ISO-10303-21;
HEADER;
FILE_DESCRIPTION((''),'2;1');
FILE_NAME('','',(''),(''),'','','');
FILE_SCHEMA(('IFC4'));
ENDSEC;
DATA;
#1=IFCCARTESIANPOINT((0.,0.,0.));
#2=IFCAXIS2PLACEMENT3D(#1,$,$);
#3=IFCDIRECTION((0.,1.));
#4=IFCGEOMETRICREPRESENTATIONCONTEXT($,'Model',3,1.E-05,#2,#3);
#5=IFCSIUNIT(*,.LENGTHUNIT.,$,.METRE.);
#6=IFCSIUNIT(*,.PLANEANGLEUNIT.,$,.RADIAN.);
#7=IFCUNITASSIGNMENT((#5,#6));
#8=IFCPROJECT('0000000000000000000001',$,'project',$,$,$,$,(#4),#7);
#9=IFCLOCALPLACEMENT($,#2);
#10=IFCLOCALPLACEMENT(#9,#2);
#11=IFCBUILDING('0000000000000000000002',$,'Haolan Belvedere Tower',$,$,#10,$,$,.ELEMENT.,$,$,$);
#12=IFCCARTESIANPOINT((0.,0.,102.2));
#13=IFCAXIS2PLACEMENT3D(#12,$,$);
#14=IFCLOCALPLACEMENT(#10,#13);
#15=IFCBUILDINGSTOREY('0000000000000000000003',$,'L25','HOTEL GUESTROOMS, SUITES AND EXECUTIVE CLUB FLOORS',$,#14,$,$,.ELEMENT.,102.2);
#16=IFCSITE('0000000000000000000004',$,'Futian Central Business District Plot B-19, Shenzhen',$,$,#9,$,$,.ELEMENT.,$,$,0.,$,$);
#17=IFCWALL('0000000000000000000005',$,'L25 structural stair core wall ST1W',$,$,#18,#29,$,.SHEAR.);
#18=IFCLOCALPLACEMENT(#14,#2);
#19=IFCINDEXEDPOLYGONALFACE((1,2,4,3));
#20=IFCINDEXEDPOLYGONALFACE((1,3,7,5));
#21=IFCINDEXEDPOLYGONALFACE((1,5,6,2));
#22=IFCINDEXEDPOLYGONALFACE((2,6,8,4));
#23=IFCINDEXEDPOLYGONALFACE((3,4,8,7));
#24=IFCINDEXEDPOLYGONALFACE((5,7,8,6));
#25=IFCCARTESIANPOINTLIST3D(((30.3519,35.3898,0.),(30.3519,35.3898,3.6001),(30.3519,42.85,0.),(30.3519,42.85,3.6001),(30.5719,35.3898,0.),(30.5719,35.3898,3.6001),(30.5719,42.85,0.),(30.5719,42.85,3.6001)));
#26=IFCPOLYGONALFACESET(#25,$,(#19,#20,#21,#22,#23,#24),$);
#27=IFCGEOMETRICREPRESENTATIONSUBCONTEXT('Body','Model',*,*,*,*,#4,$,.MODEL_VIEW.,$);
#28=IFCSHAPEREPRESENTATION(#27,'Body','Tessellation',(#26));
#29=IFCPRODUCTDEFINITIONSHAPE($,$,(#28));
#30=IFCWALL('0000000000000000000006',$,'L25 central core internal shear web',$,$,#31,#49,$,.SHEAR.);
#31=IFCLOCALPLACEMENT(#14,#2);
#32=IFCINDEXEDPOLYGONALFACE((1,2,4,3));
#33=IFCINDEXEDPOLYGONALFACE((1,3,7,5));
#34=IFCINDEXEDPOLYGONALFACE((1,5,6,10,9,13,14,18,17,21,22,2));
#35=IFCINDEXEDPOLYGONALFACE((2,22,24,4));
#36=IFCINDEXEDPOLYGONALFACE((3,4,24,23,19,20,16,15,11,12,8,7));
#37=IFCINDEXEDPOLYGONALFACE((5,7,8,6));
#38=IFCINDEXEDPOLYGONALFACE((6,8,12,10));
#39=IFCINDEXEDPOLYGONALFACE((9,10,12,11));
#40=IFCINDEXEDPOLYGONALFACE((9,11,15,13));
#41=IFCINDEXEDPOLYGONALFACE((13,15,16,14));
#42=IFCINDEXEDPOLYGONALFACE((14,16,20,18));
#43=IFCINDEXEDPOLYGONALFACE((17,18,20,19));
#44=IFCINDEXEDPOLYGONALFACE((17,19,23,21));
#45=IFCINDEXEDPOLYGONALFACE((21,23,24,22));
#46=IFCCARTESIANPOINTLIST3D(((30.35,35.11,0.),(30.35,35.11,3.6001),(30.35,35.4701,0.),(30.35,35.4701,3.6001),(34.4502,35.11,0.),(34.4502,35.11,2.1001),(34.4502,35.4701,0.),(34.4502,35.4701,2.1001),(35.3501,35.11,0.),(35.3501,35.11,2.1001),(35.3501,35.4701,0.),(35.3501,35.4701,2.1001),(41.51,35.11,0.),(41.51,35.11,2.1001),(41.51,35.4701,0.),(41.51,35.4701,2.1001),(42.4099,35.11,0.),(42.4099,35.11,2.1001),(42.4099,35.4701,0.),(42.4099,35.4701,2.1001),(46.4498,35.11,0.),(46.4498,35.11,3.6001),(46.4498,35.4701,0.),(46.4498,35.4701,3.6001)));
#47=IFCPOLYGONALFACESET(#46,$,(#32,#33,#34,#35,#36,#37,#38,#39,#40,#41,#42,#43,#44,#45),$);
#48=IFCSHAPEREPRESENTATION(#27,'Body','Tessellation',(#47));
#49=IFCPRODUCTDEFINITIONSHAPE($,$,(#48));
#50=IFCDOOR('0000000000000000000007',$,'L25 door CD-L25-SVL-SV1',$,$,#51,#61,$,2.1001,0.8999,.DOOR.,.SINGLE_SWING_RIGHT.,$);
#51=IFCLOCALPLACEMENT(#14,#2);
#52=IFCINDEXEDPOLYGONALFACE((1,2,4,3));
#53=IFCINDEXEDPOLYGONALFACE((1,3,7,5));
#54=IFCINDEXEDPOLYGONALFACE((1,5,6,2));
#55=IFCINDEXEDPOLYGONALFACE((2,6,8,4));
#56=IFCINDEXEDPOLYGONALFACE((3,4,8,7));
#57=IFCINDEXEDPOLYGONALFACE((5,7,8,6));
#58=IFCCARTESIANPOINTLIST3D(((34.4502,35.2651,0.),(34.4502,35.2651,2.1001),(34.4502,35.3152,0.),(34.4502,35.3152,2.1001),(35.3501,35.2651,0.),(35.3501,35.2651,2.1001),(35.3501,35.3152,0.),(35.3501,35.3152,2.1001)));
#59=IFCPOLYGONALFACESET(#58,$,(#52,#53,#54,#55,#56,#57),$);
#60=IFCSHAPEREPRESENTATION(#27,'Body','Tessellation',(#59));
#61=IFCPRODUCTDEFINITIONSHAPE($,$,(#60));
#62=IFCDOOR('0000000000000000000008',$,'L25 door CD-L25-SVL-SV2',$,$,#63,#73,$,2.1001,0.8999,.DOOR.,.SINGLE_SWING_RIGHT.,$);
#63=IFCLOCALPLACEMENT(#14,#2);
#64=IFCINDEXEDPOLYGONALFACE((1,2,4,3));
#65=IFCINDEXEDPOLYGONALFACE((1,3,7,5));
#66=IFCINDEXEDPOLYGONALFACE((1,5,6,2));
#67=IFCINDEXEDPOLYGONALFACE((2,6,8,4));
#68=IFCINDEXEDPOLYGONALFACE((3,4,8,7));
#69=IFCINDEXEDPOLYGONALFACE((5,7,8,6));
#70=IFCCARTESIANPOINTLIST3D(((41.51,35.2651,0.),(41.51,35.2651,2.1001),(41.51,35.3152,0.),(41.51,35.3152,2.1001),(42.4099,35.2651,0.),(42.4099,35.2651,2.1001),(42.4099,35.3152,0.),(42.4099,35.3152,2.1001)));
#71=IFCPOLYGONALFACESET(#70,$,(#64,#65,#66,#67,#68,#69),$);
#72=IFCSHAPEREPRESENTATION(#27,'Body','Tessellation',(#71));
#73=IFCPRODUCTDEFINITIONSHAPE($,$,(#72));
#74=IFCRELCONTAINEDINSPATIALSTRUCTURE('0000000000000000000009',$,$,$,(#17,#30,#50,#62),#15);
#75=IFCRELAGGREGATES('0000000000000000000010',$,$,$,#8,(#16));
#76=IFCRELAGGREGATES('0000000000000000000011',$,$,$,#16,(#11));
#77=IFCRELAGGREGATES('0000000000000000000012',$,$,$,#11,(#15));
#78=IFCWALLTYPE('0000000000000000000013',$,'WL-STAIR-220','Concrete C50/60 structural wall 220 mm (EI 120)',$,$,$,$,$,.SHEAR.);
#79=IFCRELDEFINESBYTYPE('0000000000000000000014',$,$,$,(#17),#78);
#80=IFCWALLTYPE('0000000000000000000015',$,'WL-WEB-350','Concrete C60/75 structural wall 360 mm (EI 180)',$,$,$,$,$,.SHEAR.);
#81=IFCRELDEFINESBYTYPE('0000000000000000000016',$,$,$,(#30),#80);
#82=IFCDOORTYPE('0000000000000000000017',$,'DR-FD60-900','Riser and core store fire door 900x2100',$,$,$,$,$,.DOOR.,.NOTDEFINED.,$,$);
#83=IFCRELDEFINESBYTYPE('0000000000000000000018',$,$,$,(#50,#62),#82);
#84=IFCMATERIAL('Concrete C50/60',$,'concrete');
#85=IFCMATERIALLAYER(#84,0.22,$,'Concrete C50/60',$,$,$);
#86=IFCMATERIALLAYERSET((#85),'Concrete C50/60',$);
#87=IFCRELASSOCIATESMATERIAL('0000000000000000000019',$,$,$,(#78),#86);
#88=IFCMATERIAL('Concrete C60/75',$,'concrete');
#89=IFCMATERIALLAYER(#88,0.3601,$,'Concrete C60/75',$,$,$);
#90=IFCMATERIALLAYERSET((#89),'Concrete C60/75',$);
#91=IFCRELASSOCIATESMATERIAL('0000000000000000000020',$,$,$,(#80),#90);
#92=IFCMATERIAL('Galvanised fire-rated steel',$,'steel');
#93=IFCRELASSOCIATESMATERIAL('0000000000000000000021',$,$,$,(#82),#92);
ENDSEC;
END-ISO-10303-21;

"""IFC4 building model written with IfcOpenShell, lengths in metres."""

from ifc_helpers import new_model, si_unit, direction, frame, frame_2d, origin, place, context, subcontext, project, spatial, rectangle, extrude, material, layer, layer_set, type_object, element, fill, save


model = new_model("IFC4")

# Units and contexts
model_context = context("Model", 3, precision=1e-05, world=origin(), true_north=direction((0.0, 1.0)))
body_context = subcontext(model_context, "Body", "Model", "MODEL_VIEW")
ifc_project = project(units=[si_unit("LENGTHUNIT", "METRE"), si_unit("PLANEANGLEUNIT", "RADIAN")], contexts=[model_context])

# Site, building, storey
site_placement = place(None, origin())
site = spatial("IfcSite", under=ifc_project, at=site_placement, Name="Futian Central Business District Plot B-19, Shenzhen", CompositionType="ELEMENT", RefElevation=0.0)
building_placement = place(site_placement, origin())
building = spatial("IfcBuilding", under=site, at=building_placement, Name="Haolan Belvedere Tower", CompositionType="ELEMENT")
storey_placement = place(building_placement, frame((0.0, 0.0, 102.2)))
storey = spatial("IfcBuildingStorey", under=building, at=storey_placement, Name="L25", Description="HOTEL GUESTROOMS, SUITES AND EXECUTIVE CLUB FLOORS", CompositionType="ELEMENT", Elevation=102.2)

# Shared definitions
ifc_material_1 = material(Name="Concrete C60/75", Category="concrete")

# Wall
ifc_material_2 = material(Name="Concrete C50/60", Category="concrete")
ifc_layer_1 = layer(ifc_material_2, 0.22, Name="Concrete C50/60")
ifc_layer_set_1 = layer_set([ifc_layer_1], Name="Concrete C50/60")
wall_type_1 = type_object("IfcWallType", Name="WL-STAIR-220", Description="Concrete C50/60 structural wall 220 mm (EI 120)", PredefinedType="SHEAR", material=ifc_layer_set_1)
wall_1_placement = place(storey_placement, frame((30.4619, 35.3899, 0.0), z_axis=(0.0, 0.0, 1.0), x_axis=(0.0, 1.0, 0.0)))
element("IfcWall", 1, at=wall_1_placement, inside=storey, type_object=wall_type_1, Name="L25 structural stair core wall ST1W", PredefinedType="SHEAR", context=body_context, shape_type="SweptSolid", body=[
    extrude(rectangle(XDim=7.4602, YDim=0.22, at=frame_2d((3.73, 0.0))), origin(), (0.0, 0.0, 1.0), 3.6001),
])

# Wall, openings, doors
ifc_layer_2 = layer(ifc_material_1, 0.3601, Name="Concrete C60/75")
ifc_layer_set_2 = layer_set([ifc_layer_2], Name="Concrete C60/75")
wall_type_2 = type_object("IfcWallType", Name="WL-WEB-350", Description="Concrete C60/75 structural wall 360 mm (EI 180)", PredefinedType="SHEAR", material=ifc_layer_set_2)
wall_2_placement = place(storey_placement, frame((30.3501, 35.29, 0.0), z_axis=(0.0, 0.0, 1.0), x_axis=(1.0, 0.0, 0.0)))
wall_2 = element("IfcWall", 2, at=wall_2_placement, inside=storey, type_object=wall_type_2, Name="L25 central core internal shear web", PredefinedType="SHEAR", context=body_context, shape_type="SweptSolid", body=[
    extrude(rectangle(XDim=16.0999, YDim=0.3601, at=frame_2d((8.0498, 0.0))), origin(), (0.0, 0.0, 1.0), 3.6001),
])
opening_1_placement = place(wall_2_placement, frame((5.0, 0.0, 0.0), z_axis=(0.0, 0.0, 1.0), x_axis=(-1.0, 0.0, 0.0)))
opening_1 = element("IfcOpeningElement", 3, at=opening_1_placement, cuts=wall_2, PredefinedType="OPENING", context=body_context, shape_type="SweptSolid", body=[
    extrude(rectangle(XDim=0.8999, YDim=2.1001, at=frame_2d((0.45, 1.05))), frame((0.0, 0.1899, 0.0), z_axis=(0.0, -1.0, 0.0), x_axis=(1.0, 0.0, 0.0)), (0.0, 0.0, 1.0), 0.3801),
])
opening_2_placement = place(wall_2_placement, frame((12.0598, 0.0, 0.0), z_axis=(0.0, 0.0, 1.0), x_axis=(-1.0, 0.0, 0.0)))
opening_2 = element("IfcOpeningElement", 4, at=opening_2_placement, cuts=wall_2, PredefinedType="OPENING", context=body_context, shape_type="SweptSolid", body=[
    extrude(rectangle(XDim=0.8999, YDim=2.1001, at=frame_2d((0.45, 1.05))), frame((0.0, 0.1899, 0.0), z_axis=(0.0, -1.0, 0.0), x_axis=(1.0, 0.0, 0.0)), (0.0, 0.0, 1.0), 0.3801),
])
ifc_material_3 = material(Name="Galvanised fire-rated steel", Category="steel")
door_type_1 = type_object("IfcDoorType", Name="DR-FD60-900", Description="Riser and core store fire door 900x2100", OperationType="NOTDEFINED", PredefinedType="DOOR", material=ifc_material_3)
door_1_placement = place(opening_1_placement, origin())
door_1 = element("IfcDoor", 5, at=door_1_placement, inside=storey, type_object=door_type_1, Name="L25 door CD-L25-SVL-SV1", OperationType="SINGLE_SWING_RIGHT", OverallHeight=2.1001, OverallWidth=0.8999, PredefinedType="DOOR", context=body_context, shape_type="SweptSolid", body=[
    extrude(rectangle(XDim=0.8999, YDim=2.1001, at=frame_2d((0.45, 1.05))), frame((0.0, 0.0249, 0.0), z_axis=(0.0, -1.0, 0.0), x_axis=(1.0, 0.0, 0.0)), (0.0, 0.0, 1.0), 0.05),
])
fill(opening_1, door_1)
door_2_placement = place(opening_2_placement, origin())
door_2 = element("IfcDoor", 6, at=door_2_placement, inside=storey, type_object=door_type_1, Name="L25 door CD-L25-SVL-SV2", OperationType="SINGLE_SWING_RIGHT", OverallHeight=2.1001, OverallWidth=0.8999, PredefinedType="DOOR", context=body_context, shape_type="SweptSolid", body=[
    extrude(rectangle(XDim=0.8999, YDim=2.1001, at=frame_2d((0.45, 1.05))), frame((0.0, 0.0249, 0.0), z_axis=(0.0, -1.0, 0.0), x_axis=(1.0, 0.0, 0.0)), (0.0, 0.0, 1.0), 0.05),
])
fill(opening_2, door_2)

save(model, "model.ifc")
